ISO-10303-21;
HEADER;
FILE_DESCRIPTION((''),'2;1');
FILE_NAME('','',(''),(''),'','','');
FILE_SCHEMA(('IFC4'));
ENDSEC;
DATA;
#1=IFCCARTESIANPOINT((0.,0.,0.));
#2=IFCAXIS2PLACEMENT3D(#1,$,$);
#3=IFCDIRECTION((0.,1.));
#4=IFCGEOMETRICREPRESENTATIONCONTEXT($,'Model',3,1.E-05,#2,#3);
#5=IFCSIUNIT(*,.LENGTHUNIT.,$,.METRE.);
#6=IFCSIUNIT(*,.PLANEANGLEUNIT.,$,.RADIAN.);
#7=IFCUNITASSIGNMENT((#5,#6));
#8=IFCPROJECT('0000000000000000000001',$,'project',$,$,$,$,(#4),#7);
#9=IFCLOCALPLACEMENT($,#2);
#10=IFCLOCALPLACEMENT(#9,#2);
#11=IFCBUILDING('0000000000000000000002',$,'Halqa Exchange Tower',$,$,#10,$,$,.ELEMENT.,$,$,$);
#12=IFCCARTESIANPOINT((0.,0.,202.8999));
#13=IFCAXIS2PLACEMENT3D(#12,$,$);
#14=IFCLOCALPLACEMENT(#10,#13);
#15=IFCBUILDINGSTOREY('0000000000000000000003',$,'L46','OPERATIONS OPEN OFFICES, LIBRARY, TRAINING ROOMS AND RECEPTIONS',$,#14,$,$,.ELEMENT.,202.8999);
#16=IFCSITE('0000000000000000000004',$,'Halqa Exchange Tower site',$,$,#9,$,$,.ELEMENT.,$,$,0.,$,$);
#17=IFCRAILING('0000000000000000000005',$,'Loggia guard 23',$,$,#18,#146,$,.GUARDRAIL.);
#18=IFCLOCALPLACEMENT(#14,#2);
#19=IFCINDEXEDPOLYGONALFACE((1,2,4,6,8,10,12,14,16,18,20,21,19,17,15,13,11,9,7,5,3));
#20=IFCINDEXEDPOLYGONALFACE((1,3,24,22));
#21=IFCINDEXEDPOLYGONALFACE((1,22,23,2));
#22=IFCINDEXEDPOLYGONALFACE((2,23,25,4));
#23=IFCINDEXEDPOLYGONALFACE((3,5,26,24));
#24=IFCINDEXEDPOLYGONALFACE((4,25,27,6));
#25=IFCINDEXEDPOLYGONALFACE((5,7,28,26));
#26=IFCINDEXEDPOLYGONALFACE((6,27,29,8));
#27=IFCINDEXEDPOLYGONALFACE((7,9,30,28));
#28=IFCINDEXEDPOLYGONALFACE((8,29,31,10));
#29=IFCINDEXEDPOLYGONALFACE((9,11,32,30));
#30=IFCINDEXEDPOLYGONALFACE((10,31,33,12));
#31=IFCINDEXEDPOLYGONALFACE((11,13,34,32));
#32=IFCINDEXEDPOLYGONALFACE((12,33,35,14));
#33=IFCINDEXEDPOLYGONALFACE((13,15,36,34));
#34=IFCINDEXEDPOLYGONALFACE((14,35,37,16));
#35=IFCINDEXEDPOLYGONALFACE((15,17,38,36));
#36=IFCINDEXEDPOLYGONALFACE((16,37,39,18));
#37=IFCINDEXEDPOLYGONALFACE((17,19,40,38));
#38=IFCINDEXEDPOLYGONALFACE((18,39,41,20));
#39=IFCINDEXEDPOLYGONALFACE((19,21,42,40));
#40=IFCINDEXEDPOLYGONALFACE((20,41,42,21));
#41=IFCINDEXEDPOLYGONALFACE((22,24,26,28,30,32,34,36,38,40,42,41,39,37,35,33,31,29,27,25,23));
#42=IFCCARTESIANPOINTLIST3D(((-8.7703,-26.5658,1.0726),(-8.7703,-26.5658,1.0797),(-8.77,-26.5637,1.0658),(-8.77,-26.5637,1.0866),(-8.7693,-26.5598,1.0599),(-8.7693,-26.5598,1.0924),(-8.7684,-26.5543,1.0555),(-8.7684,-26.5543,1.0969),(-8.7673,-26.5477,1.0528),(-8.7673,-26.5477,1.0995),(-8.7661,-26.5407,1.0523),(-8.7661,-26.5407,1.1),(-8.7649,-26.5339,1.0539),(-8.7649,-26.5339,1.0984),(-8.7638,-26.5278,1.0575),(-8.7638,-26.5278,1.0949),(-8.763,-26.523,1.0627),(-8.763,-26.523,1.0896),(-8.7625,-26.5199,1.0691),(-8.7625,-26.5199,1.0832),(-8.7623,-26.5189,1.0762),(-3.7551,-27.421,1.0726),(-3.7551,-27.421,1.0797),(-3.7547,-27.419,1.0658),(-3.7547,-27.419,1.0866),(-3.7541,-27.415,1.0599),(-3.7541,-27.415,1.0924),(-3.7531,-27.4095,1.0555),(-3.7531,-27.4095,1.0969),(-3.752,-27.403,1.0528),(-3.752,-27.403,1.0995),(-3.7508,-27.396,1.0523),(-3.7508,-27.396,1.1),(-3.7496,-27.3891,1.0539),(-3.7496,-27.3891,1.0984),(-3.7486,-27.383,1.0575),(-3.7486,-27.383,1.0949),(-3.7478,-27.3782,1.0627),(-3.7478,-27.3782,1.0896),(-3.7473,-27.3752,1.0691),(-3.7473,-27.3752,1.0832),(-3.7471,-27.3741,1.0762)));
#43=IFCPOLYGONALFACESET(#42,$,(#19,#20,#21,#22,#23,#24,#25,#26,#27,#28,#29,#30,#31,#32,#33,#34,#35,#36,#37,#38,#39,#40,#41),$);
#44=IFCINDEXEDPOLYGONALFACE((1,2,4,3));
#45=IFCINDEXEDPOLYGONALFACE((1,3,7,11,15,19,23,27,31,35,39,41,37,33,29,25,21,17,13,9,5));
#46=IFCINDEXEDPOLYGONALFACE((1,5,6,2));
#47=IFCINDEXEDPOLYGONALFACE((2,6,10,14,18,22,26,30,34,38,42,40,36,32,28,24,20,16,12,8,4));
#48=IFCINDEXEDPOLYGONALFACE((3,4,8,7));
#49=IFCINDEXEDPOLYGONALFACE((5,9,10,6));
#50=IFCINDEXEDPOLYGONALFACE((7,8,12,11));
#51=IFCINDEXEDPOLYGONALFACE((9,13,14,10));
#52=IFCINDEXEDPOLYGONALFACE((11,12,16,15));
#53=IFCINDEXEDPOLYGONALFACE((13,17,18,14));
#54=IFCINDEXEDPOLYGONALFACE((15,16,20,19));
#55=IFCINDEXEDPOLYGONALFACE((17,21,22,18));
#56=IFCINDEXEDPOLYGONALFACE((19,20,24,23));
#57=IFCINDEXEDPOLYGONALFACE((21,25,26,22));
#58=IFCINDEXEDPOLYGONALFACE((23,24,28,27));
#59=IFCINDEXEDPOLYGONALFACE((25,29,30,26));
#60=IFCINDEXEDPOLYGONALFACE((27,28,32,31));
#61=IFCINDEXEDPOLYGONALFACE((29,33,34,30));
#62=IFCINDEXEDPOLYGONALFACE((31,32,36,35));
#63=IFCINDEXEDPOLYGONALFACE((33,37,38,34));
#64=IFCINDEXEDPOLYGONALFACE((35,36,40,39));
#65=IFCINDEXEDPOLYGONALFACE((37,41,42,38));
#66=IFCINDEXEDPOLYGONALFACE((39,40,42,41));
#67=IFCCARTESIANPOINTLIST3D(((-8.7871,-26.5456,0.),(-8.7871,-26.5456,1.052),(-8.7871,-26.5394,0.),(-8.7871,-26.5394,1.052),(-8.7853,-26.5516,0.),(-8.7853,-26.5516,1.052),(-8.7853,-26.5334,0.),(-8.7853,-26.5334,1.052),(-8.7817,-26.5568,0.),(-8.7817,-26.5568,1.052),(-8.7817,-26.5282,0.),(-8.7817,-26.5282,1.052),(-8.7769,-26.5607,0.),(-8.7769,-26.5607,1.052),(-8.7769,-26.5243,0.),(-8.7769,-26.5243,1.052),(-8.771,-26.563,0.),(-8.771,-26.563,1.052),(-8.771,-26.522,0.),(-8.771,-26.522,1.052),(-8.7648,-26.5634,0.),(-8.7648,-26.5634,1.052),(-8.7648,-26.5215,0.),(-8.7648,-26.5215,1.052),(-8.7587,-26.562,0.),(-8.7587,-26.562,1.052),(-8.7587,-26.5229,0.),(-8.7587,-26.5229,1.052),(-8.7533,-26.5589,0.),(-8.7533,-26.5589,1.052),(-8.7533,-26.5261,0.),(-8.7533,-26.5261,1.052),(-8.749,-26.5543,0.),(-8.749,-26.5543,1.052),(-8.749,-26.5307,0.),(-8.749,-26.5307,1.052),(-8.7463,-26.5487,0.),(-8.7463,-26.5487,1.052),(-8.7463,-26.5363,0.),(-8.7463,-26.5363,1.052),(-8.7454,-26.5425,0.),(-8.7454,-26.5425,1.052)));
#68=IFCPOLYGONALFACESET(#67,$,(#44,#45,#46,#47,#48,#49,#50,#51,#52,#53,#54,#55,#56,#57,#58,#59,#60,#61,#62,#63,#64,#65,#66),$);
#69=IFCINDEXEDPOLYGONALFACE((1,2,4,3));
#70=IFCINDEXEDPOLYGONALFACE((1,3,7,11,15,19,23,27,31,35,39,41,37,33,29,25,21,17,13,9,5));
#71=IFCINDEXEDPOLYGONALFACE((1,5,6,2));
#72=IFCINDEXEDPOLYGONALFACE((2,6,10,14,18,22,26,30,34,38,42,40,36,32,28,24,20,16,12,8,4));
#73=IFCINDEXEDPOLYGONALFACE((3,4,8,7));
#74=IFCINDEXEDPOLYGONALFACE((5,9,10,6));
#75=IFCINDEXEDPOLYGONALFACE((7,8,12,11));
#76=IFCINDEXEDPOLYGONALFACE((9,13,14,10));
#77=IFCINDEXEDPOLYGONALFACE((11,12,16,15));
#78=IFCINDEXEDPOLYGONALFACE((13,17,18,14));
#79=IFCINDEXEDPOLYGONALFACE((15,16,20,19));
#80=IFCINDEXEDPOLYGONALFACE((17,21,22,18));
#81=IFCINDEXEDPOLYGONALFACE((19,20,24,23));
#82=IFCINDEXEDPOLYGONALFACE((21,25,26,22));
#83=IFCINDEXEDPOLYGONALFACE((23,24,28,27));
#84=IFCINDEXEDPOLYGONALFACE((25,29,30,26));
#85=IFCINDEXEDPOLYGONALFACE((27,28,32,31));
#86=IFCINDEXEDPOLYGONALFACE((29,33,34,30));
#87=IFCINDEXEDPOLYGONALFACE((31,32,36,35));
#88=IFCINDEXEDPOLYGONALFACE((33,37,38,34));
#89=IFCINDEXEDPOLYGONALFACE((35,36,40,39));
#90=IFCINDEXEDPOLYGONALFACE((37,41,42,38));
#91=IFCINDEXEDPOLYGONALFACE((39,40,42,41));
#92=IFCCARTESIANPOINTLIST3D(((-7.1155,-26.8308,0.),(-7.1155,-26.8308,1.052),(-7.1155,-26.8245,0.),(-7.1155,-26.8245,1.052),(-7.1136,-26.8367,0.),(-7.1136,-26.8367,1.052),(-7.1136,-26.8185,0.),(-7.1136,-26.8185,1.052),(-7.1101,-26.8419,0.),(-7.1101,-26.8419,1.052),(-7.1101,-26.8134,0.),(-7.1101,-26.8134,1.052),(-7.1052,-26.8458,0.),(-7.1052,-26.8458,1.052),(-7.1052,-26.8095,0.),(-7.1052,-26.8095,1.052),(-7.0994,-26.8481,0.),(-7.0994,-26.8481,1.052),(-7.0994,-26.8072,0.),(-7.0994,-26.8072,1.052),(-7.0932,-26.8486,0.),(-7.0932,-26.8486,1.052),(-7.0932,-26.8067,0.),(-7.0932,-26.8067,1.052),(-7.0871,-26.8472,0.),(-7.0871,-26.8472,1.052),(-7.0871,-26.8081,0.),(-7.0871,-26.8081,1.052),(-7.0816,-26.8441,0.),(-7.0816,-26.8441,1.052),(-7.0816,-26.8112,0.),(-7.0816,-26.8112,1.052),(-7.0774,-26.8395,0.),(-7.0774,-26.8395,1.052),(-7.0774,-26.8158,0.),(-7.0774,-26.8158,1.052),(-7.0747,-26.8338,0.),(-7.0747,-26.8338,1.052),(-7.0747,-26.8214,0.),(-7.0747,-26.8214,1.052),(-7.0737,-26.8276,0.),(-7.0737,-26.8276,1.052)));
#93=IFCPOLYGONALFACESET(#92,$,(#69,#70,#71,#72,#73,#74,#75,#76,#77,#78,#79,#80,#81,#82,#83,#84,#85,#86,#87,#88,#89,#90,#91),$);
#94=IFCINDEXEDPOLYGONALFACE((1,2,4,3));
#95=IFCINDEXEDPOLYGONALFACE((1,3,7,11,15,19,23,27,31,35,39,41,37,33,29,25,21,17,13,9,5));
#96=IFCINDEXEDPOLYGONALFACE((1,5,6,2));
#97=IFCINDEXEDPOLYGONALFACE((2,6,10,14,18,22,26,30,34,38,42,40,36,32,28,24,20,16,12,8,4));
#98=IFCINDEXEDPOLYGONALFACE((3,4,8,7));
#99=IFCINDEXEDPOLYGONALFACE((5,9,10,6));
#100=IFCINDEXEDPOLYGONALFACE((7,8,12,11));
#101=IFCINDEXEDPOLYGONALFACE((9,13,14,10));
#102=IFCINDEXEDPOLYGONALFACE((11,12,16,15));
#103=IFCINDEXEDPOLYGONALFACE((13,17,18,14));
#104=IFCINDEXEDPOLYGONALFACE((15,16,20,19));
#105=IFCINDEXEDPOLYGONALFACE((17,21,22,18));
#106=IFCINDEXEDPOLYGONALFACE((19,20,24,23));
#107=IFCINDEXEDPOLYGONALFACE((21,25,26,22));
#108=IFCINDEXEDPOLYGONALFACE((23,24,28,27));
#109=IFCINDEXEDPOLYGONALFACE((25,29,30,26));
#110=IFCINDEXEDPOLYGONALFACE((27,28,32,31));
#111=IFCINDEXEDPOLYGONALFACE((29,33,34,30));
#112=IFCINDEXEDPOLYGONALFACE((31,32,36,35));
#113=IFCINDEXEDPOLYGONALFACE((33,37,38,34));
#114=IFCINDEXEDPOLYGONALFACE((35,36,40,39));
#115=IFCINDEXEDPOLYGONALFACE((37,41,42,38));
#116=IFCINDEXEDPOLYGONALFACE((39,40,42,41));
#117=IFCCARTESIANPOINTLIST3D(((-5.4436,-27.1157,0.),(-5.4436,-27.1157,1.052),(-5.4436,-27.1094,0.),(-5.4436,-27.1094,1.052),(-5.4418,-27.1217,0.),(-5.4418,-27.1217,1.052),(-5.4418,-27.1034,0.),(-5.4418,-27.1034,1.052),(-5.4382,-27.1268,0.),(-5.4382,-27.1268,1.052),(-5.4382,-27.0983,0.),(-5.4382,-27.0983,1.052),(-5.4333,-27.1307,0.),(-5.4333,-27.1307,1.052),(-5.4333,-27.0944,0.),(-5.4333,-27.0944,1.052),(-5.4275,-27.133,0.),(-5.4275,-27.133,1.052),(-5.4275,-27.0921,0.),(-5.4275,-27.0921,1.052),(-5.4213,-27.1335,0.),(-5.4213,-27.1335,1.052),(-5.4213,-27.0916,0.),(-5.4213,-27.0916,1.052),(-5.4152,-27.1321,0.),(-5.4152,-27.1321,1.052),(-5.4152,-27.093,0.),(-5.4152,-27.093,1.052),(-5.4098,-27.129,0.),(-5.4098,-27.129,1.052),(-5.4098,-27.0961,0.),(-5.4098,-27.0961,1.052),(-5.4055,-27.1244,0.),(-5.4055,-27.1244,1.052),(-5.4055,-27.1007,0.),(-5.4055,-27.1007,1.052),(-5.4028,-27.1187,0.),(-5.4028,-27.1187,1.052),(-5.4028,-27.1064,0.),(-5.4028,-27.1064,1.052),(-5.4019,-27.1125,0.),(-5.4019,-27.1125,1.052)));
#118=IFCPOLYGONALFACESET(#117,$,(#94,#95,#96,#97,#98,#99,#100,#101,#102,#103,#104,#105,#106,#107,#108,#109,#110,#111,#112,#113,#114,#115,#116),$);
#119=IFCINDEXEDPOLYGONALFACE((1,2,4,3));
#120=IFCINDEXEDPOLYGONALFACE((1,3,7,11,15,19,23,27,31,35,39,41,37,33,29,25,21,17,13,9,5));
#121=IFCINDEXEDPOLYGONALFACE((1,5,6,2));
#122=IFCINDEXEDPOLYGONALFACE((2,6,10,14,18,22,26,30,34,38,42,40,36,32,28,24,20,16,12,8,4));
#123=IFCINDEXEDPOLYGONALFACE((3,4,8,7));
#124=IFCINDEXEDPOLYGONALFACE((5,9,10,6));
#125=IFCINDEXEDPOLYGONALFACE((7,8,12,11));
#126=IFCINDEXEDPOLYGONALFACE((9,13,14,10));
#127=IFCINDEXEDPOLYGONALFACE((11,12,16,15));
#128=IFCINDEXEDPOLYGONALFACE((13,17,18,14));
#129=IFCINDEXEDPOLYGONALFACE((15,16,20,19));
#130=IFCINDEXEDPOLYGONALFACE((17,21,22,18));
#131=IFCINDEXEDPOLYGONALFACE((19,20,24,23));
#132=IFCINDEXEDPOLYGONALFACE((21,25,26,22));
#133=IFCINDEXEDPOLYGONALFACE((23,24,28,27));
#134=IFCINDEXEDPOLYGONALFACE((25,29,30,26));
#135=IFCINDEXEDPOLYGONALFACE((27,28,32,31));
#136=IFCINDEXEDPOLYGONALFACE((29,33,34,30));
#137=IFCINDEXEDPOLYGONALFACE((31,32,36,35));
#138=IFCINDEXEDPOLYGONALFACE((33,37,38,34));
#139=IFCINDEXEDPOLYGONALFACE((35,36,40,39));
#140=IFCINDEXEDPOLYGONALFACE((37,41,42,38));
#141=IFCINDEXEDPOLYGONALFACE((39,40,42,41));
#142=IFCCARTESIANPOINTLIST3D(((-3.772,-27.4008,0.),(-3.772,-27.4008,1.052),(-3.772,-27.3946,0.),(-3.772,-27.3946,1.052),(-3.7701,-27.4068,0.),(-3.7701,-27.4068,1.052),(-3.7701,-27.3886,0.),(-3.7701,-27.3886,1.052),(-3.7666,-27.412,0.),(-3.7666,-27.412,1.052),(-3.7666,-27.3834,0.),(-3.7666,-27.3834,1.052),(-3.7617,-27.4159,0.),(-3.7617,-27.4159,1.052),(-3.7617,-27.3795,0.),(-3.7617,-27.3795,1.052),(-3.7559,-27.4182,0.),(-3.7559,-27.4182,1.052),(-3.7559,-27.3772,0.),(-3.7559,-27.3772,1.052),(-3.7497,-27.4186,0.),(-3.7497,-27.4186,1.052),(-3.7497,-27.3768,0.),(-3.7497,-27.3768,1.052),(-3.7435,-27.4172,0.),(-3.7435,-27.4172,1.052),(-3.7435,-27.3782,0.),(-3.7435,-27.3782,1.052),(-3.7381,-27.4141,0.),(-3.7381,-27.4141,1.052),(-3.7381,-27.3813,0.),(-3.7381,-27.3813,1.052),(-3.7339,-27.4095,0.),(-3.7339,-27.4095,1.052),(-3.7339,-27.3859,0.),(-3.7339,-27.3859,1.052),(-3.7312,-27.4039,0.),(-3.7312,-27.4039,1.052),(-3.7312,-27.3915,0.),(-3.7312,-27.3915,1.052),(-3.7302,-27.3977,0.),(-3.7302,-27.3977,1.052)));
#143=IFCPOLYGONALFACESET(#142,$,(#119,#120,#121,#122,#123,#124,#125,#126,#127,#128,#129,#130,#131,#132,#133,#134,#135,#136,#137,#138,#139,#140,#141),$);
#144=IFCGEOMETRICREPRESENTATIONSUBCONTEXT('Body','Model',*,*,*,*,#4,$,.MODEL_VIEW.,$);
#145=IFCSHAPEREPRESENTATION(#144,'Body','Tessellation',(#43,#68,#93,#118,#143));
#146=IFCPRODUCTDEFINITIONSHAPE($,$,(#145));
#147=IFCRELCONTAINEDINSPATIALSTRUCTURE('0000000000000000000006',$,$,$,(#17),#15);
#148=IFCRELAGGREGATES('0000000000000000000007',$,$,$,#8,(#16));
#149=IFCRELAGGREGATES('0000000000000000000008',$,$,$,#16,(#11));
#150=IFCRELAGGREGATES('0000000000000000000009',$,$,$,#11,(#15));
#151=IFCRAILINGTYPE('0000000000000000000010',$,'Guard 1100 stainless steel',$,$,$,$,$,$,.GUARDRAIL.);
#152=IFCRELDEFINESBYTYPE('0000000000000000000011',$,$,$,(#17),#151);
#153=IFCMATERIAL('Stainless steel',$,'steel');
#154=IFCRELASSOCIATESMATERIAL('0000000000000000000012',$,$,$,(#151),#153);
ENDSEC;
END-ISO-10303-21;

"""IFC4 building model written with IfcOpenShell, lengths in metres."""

from ifc_helpers import new_model, si_unit, direction, frame, origin, origin_2d, place, context, subcontext, project, spatial, circle, extrude, material, type_object, element, save


model = new_model("IFC4")

# Units and contexts
model_context = context("Model", 3, precision=1e-05, world=origin(), true_north=direction((0.0, 1.0)))
body_context = subcontext(model_context, "Body", "Model", "MODEL_VIEW")
ifc_project = project(units=[si_unit("LENGTHUNIT", "METRE"), si_unit("PLANEANGLEUNIT", "RADIAN")], contexts=[model_context])

# Site, building, storey
site_placement = place(None, origin())
site = spatial("IfcSite", under=ifc_project, at=site_placement, Name="Halqa Exchange Tower site", CompositionType="ELEMENT", RefElevation=0.0)
building_placement = place(site_placement, origin())
building = spatial("IfcBuilding", under=site, at=building_placement, Name="Halqa Exchange Tower", CompositionType="ELEMENT")
storey_placement = place(building_placement, frame((0.0, 0.0, 202.8999)))
storey = spatial("IfcBuildingStorey", under=building, at=storey_placement, Name="L46", Description="OPERATIONS OPEN OFFICES, LIBRARY, TRAINING ROOMS AND RECEPTIONS", CompositionType="ELEMENT", Elevation=202.8999)

# Railing
ifc_material_1 = material(Name="Stainless steel", Category="steel")
railing_type = type_object("IfcRailingType", Name="Guard 1100 stainless steel", PredefinedType="GUARDRAIL", material=ifc_material_1)
railing_1_placement = place(storey_placement, frame((-8.7664, -26.5425, 0.0)))
element("IfcRailing", 1, at=railing_1_placement, inside=storey, type_object=railing_type, Name="Loggia guard 23", PredefinedType="GUARDRAIL", context=body_context, shape_type="SweptSolid", body=[
    extrude(circle(Radius=0.0239, at=origin_2d()), frame((0.0, 0.0, 1.0762), z_axis=(0.98577, -0.168102, 0.0), x_axis=(0.168102, 0.98577, 0.0)), (0.0, 0.0, 1.0), 5.0876),
    extrude(circle(Radius=0.021, at=origin_2d()), origin(), (0.0, 0.0, 1.0), 1.052),
    extrude(circle(Radius=0.021, at=origin_2d()), frame((1.6716, -0.2852, 0.0)), (0.0, 0.0, 1.0), 1.052),
    extrude(circle(Radius=0.021, at=origin_2d()), frame((3.3435, -0.5701, 0.0)), (0.0, 0.0, 1.0), 1.052),
    extrude(circle(Radius=0.021, at=origin_2d()), frame((5.0151, -0.8552, 0.0)), (0.0, 0.0, 1.0), 1.052),
])

save(model, "model.ifc")
